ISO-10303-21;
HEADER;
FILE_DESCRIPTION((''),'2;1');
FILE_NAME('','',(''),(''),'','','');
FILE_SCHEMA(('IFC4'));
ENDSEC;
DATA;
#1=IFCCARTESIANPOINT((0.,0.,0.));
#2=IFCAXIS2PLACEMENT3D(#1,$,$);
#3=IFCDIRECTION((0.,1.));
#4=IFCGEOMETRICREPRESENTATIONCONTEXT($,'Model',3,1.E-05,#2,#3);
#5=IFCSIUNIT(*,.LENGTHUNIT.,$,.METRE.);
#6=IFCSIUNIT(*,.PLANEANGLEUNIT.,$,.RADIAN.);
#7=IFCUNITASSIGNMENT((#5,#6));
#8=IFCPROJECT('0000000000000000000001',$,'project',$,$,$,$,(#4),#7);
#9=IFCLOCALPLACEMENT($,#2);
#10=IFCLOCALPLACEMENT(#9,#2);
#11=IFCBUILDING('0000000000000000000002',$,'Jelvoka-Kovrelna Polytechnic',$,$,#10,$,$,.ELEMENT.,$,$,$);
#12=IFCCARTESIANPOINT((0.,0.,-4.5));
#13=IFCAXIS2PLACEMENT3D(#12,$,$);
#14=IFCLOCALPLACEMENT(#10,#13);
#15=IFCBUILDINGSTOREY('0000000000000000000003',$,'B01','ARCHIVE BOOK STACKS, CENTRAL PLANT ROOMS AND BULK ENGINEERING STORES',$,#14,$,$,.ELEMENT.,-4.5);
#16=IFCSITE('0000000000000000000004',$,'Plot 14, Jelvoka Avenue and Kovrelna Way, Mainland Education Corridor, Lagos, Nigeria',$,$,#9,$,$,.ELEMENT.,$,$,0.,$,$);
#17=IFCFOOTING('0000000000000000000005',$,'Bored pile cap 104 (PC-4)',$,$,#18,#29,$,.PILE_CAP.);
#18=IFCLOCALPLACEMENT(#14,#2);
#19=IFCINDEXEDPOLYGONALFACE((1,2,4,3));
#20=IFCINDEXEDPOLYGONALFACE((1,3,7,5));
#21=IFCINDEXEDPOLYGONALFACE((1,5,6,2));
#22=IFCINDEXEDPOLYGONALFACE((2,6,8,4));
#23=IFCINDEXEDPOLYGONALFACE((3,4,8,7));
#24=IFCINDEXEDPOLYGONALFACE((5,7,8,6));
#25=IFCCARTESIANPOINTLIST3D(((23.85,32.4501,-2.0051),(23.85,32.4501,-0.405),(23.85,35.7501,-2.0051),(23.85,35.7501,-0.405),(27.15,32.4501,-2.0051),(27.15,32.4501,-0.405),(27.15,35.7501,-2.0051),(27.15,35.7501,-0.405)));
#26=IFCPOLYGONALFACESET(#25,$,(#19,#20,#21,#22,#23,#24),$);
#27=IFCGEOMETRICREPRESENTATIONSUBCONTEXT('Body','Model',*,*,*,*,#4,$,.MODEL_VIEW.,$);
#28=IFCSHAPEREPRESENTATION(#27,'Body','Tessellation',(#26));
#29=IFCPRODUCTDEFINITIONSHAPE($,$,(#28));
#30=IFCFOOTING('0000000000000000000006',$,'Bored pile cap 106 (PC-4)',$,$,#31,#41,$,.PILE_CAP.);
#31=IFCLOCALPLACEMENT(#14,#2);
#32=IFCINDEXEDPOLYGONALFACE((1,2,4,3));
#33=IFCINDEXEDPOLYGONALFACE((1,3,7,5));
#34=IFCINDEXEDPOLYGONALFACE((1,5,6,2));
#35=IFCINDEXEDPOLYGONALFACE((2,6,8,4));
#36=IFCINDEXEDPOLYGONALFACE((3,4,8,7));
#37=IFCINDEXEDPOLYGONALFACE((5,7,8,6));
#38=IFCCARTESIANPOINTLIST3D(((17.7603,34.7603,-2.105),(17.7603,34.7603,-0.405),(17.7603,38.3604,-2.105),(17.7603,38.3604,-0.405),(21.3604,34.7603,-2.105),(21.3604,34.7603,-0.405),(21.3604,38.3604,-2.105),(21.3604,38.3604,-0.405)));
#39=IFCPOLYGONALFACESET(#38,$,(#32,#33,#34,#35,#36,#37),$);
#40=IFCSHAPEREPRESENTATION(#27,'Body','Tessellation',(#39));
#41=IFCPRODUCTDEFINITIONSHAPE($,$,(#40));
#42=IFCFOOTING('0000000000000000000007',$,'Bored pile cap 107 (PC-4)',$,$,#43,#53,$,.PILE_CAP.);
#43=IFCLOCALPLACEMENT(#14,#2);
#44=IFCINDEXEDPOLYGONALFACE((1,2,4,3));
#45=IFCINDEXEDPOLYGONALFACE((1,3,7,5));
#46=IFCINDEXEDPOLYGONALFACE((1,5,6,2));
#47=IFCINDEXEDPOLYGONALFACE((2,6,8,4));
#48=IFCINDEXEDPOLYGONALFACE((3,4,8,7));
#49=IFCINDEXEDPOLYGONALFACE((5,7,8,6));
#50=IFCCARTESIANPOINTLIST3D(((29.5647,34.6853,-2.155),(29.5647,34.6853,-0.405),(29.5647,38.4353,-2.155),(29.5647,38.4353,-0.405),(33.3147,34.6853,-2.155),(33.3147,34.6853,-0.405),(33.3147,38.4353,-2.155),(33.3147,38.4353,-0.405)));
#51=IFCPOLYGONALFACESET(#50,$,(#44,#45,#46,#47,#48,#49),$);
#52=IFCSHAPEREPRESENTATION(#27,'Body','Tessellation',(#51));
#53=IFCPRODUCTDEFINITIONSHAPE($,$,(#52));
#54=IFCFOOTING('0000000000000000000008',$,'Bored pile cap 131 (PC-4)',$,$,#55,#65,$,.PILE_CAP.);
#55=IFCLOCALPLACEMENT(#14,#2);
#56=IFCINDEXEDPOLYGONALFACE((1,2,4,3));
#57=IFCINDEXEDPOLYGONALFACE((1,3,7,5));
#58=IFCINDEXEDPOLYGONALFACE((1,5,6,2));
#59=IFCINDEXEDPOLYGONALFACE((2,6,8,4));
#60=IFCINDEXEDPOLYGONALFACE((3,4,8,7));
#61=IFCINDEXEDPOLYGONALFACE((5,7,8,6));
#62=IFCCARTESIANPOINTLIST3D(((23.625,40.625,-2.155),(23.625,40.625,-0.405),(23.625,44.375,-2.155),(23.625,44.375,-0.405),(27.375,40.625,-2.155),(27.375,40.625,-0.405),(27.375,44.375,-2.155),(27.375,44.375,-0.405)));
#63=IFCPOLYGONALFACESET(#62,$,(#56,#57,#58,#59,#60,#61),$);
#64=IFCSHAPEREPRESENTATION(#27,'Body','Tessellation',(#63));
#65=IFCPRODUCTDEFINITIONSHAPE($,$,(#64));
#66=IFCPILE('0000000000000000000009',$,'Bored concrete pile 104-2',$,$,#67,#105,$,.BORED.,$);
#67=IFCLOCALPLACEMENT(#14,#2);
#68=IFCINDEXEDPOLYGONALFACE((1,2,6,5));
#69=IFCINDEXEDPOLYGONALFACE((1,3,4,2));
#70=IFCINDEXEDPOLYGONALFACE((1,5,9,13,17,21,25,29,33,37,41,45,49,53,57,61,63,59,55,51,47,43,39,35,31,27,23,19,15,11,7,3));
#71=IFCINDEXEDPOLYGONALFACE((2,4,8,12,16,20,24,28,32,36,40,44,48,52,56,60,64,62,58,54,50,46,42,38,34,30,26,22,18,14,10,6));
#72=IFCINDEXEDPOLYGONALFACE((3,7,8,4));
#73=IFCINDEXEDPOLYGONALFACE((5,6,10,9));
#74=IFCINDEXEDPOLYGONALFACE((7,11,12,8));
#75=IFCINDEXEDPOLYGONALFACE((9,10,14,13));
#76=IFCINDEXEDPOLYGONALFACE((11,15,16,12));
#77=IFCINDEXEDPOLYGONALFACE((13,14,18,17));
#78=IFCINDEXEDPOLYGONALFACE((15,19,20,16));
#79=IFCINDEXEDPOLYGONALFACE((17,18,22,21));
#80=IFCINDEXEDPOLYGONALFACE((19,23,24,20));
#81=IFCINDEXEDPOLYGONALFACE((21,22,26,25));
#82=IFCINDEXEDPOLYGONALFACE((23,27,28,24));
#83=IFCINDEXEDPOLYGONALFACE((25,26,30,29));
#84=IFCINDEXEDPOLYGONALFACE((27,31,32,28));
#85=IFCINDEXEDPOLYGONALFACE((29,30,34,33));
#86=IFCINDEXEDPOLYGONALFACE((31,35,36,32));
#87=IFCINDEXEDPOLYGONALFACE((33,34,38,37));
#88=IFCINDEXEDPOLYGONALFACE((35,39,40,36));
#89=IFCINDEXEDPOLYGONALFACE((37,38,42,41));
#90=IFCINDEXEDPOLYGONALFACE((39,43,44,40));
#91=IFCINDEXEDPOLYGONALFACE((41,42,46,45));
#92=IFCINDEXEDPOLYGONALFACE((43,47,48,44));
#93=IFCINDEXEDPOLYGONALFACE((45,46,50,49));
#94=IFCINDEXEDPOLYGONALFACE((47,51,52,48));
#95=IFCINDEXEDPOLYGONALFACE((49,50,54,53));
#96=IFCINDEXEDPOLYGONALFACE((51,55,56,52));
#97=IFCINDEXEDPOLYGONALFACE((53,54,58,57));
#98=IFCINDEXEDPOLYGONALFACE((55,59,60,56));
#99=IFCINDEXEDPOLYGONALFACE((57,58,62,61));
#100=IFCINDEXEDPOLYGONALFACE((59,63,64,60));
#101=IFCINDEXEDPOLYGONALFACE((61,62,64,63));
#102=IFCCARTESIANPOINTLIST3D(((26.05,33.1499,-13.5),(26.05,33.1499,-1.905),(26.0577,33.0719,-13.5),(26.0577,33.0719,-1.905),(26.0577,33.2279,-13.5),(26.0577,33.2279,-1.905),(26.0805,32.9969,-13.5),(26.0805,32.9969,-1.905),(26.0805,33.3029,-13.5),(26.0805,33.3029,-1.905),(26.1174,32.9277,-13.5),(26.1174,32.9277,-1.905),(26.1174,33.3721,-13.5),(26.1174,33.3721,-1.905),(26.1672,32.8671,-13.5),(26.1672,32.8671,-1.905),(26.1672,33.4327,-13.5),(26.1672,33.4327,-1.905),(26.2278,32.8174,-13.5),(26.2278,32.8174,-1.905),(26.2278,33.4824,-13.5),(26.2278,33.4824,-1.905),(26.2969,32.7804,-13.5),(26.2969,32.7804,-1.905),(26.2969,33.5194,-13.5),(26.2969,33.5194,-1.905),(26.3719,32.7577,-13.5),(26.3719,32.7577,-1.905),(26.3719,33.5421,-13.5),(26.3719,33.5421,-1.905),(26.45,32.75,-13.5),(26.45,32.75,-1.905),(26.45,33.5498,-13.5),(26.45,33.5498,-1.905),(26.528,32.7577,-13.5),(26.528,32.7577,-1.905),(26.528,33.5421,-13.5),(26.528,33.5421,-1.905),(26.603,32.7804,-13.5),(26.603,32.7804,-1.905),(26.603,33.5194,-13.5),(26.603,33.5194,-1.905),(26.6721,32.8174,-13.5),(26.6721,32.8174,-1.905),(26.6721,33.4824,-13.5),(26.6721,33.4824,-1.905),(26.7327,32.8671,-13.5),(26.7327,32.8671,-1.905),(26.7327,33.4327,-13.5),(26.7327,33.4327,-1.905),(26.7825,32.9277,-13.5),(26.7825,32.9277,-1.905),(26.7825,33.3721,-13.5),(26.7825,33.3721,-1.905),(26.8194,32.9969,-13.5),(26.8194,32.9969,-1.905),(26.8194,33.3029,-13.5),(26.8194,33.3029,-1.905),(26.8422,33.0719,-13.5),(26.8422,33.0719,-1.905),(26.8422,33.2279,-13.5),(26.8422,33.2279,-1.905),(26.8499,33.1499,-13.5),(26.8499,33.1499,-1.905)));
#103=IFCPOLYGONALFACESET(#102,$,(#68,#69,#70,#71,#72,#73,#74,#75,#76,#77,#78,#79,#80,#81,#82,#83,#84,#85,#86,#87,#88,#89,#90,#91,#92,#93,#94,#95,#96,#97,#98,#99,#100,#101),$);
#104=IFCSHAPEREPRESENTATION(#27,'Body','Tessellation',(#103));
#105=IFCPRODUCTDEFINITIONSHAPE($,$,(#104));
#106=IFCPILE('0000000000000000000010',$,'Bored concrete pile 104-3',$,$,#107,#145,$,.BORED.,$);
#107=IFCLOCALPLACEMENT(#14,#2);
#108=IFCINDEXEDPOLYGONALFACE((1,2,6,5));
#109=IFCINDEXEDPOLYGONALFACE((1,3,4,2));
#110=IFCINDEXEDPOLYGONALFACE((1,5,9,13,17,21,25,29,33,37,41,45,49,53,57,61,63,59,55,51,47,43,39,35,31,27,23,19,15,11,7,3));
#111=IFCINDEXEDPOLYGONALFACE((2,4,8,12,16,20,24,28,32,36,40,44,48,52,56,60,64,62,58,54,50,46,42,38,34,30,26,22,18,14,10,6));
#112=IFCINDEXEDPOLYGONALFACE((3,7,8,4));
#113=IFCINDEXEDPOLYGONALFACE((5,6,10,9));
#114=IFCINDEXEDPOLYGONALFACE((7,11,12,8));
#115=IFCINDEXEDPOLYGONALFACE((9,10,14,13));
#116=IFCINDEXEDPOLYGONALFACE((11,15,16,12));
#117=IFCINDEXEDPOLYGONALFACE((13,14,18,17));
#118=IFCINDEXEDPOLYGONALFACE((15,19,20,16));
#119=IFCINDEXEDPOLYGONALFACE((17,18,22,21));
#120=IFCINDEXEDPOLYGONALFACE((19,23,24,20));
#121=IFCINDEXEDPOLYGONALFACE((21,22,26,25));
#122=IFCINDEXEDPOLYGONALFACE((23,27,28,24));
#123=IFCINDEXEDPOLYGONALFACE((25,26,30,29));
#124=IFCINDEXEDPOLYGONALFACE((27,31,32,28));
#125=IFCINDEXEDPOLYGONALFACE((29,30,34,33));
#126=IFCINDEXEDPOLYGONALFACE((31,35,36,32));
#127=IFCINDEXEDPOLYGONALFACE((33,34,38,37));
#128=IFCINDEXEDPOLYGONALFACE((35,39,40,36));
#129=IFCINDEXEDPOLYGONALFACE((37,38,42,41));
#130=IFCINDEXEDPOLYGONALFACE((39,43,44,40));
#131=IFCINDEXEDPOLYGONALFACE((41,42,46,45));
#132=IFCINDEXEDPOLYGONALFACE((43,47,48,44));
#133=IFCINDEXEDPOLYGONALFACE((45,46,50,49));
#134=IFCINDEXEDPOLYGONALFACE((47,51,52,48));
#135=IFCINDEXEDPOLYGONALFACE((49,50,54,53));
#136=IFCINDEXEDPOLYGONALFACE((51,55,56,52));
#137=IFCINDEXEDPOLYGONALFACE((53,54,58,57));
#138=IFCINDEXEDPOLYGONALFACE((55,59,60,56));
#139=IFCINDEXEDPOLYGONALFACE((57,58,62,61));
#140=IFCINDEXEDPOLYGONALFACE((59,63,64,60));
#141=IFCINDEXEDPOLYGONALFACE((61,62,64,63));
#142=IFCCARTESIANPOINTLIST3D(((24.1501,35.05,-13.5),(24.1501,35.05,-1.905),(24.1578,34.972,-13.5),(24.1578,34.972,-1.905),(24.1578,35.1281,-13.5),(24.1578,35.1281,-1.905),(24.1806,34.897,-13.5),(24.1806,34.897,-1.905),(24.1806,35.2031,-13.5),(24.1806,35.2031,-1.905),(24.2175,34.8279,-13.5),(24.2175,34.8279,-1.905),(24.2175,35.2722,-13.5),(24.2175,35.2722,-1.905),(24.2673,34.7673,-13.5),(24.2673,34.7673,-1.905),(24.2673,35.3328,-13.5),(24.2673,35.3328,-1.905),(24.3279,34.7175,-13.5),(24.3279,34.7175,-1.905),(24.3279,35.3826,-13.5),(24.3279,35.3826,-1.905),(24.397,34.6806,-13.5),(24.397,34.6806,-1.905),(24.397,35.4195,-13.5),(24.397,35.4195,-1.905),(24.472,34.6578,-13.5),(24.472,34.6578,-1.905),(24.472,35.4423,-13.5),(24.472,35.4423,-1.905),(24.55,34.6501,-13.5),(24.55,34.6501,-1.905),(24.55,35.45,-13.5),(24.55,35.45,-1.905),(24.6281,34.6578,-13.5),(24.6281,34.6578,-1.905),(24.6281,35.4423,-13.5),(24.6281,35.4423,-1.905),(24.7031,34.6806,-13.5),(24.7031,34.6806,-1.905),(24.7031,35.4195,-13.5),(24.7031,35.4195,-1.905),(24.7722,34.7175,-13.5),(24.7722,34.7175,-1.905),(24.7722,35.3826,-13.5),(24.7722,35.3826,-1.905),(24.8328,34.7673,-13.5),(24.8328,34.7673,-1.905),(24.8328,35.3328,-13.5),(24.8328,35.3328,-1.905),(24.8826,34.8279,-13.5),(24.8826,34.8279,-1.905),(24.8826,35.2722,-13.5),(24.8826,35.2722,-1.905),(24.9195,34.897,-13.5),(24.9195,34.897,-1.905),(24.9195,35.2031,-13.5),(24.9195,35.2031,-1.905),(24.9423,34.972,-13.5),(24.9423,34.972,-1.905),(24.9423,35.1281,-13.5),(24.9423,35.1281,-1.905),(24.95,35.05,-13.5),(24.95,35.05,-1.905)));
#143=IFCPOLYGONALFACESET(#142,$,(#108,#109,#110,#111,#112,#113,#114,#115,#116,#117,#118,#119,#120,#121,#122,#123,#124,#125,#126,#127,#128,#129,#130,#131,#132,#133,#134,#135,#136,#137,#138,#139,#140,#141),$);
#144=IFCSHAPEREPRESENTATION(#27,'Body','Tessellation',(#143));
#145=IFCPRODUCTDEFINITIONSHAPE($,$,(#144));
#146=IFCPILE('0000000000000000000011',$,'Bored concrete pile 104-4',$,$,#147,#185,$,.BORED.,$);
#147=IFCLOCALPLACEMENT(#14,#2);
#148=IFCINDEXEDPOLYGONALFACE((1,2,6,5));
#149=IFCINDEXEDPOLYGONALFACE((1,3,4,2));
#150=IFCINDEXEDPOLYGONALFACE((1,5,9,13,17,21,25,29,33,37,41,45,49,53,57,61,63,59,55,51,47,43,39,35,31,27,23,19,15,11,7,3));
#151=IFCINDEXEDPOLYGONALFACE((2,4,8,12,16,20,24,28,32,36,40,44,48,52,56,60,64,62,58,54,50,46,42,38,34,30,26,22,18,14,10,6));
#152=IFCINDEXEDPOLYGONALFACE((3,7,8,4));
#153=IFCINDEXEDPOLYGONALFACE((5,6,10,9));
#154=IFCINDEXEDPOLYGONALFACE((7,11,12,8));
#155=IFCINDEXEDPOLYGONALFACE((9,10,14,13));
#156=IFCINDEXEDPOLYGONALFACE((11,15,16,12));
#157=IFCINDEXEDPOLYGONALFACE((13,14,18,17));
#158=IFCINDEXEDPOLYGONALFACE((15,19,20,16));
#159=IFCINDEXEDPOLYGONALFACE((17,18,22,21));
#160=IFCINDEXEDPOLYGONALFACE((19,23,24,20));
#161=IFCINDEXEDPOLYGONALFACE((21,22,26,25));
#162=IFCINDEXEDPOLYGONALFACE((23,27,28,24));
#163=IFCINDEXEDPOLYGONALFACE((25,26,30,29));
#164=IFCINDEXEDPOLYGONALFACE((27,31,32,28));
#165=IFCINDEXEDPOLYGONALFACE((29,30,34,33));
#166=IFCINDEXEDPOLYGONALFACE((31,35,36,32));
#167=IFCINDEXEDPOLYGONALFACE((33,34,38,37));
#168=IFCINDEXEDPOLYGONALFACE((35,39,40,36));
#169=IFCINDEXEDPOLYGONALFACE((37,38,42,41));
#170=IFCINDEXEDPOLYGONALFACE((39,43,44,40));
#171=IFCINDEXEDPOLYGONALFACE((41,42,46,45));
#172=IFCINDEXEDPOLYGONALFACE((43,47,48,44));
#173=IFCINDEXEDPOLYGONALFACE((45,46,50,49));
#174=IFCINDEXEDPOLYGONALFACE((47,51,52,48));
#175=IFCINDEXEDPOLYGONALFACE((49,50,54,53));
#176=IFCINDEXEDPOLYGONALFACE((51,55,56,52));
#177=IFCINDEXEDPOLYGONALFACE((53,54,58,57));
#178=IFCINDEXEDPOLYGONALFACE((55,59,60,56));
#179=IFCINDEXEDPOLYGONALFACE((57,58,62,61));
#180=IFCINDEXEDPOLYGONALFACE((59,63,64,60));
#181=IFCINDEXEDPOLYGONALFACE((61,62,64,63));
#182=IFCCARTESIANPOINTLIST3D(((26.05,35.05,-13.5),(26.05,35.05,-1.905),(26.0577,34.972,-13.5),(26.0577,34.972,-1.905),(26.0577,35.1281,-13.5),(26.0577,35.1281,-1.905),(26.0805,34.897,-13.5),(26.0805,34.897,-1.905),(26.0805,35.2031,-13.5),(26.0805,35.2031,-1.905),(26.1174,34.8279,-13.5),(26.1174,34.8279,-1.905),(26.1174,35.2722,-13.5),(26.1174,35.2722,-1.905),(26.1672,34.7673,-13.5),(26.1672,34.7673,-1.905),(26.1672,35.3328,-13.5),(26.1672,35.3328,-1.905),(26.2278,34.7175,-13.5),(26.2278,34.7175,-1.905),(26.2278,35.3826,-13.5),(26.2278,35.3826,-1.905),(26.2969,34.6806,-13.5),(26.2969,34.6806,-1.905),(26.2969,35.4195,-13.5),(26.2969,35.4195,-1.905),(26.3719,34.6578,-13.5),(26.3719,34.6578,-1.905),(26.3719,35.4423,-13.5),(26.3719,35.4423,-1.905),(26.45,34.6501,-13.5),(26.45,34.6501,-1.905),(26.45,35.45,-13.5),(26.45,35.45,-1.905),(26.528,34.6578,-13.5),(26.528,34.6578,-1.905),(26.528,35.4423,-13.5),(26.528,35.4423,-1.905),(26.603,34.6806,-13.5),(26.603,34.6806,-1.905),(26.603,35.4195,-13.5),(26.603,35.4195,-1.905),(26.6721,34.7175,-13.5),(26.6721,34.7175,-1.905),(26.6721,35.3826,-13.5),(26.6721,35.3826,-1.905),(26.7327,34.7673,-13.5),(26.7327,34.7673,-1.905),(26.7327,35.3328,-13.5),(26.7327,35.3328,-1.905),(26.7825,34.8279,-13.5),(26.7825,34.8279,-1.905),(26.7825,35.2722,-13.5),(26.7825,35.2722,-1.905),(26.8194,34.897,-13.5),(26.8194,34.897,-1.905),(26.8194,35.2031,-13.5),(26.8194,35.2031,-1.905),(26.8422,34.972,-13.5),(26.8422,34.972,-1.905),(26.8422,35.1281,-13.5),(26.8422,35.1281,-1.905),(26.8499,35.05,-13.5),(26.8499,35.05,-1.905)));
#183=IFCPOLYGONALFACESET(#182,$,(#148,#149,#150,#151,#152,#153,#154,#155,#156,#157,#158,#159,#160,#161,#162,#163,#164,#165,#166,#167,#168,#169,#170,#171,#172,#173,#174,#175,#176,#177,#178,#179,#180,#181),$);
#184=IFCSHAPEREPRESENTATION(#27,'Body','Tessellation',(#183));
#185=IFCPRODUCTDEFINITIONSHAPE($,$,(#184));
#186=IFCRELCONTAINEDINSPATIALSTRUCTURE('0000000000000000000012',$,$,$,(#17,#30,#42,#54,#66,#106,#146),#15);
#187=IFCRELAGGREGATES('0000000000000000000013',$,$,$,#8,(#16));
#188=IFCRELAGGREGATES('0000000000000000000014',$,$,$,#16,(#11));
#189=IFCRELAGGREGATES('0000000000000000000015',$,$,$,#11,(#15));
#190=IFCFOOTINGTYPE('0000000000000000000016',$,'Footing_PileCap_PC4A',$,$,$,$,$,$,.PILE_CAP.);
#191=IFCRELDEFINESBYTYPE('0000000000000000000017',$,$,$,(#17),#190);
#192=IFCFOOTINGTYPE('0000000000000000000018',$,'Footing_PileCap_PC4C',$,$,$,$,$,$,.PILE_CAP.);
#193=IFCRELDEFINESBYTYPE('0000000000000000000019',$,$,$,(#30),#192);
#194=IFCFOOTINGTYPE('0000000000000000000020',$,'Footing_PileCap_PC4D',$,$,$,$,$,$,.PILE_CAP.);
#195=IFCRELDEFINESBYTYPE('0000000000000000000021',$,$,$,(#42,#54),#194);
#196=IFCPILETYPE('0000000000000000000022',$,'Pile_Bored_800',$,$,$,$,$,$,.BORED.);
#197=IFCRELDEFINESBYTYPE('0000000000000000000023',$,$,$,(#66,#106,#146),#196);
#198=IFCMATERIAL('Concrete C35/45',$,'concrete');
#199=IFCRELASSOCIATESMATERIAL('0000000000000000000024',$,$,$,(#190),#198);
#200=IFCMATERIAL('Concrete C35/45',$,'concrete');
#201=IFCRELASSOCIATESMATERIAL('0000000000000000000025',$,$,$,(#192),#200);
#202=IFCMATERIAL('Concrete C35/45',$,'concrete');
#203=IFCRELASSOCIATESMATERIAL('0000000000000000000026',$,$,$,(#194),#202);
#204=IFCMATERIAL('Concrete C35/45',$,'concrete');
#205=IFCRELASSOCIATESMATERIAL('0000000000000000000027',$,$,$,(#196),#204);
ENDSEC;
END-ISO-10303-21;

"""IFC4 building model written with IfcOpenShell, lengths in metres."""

from ifc_helpers import new_model, si_unit, direction, frame, origin, origin_2d, place, context, subcontext, project, spatial, rectangle, circle, extrude, material, material_profile, profile_set, type_object, element, save


model = new_model("IFC4")

# Units and contexts
model_context = context("Model", 3, precision=1e-05, world=origin(), true_north=direction((0.0, 1.0)))
body_context = subcontext(model_context, "Body", "Model", "MODEL_VIEW")
ifc_project = project(units=[si_unit("LENGTHUNIT", "METRE"), si_unit("PLANEANGLEUNIT", "RADIAN")], contexts=[model_context])

# Site, building, storey
site_placement = place(None, origin())
site = spatial("IfcSite", under=ifc_project, at=site_placement, Name="Plot 14, Jelvoka Avenue and Kovrelna Way, Mainland Education Corridor, Lagos, Nigeria", CompositionType="ELEMENT", RefElevation=0.0)
building_placement = place(site_placement, origin())
building = spatial("IfcBuilding", under=site, at=building_placement, Name="Jelvoka-Kovrelna Polytechnic", CompositionType="ELEMENT")
storey_placement = place(building_placement, frame((0.0, 0.0, -4.5)))
storey = spatial("IfcBuildingStorey", under=building, at=storey_placement, Name="B01", Description="ARCHIVE BOOK STACKS, CENTRAL PLANT ROOMS AND BULK ENGINEERING STORES", CompositionType="ELEMENT", Elevation=-4.5)

# Footings
ifc_material_1 = material(Name="Concrete C35/45", Category="concrete")
footing_type_1 = type_object("IfcFootingType", Name="Footing_PileCap_PC4A", PredefinedType="PILE_CAP", material=ifc_material_1)
footing_1_placement = place(storey_placement, frame((25.5, 34.1001, -2.0051), z_axis=(0.0, 0.0, 1.0), x_axis=(1.0, 0.0, 0.0)))
element("IfcFooting", 1, at=footing_1_placement, inside=storey, type_object=footing_type_1, Name="Bored pile cap 104 (PC-4)", PredefinedType="PILE_CAP", context=body_context, shape_type="SweptSolid", body=[
    extrude(rectangle(XDim=3.3, YDim=3.3, at=origin_2d()), origin(), (0.0, 0.0, 1.0), 1.6001),
])
ifc_material_2 = material(Name="Concrete C35/45", Category="concrete")
footing_type_2 = type_object("IfcFootingType", Name="Footing_PileCap_PC4C", PredefinedType="PILE_CAP", material=ifc_material_2)
footing_2_placement = place(storey_placement, frame((19.5603, 36.5603, -2.105), z_axis=(0.0, 0.0, 1.0), x_axis=(1.0, 0.0, 0.0)))
element("IfcFooting", 2, at=footing_2_placement, inside=storey, type_object=footing_type_2, Name="Bored pile cap 106 (PC-4)", PredefinedType="PILE_CAP", context=body_context, shape_type="SweptSolid", body=[
    extrude(rectangle(XDim=3.6001, YDim=3.6001, at=origin_2d()), origin(), (0.0, 0.0, 1.0), 1.7),
])
ifc_material_3 = material(Name="Concrete C35/45", Category="concrete")
footing_type_3 = type_object("IfcFootingType", Name="Footing_PileCap_PC4D", PredefinedType="PILE_CAP", material=ifc_material_3)
for number, where, z_axis, x_axis, name in (
    (3, (31.4397, 36.5603, -2.155), (0.0, 0.0, 1.0), (1.0, 0.0, 0.0), "Bored pile cap 107 (PC-4)"),
    (4, (25.5, 42.5, -2.155), (0.0, 0.0, 1.0), (1.0, 0.0, 0.0), "Bored pile cap 131 (PC-4)"),
):
    element("IfcFooting", number, at=place(storey_placement, frame(where, z_axis=z_axis, x_axis=x_axis)), inside=storey, type_object=footing_type_3, Name=name, PredefinedType="PILE_CAP", context=body_context, shape_type="SweptSolid", body=[
        extrude(rectangle(XDim=3.75, YDim=3.75, at=origin_2d()), origin(), (0.0, 0.0, 1.0), 1.75),
    ])

# Piles
ifc_material_4 = material(Name="Concrete C35/45", Category="concrete")
ifc_material_profile_1 = material_profile(ifc_material_4, circle(Radius=0.3999, at=origin_2d()), Name="PILE D800")
ifc_profile_set_1 = profile_set([ifc_material_profile_1], Name="Concrete C35/45")
pile_type = type_object("IfcPileType", Name="Pile_Bored_800", PredefinedType="BORED", material=ifc_profile_set_1)
for number, where, z_axis, x_axis, name in (
    (5, (26.45, 33.1499, -1.905), (0.0, 0.0, -1.0), (1.0, 0.0, 0.0), "Bored concrete pile 104-2"),
    (6, (24.55, 35.05, -1.905), (0.0, 0.0, -1.0), (1.0, 0.0, 0.0), "Bored concrete pile 104-3"),
    (7, (26.45, 35.05, -1.905), (0.0, 0.0, -1.0), (1.0, 0.0, 0.0), "Bored concrete pile 104-4"),
):
    element("IfcPile", number, at=place(storey_placement, frame(where, z_axis=z_axis, x_axis=x_axis)), inside=storey, type_object=pile_type, Name=name, PredefinedType="BORED", context=body_context, shape_type="SweptSolid", body=[
        extrude(circle(Radius=0.3999, at=origin_2d()), origin(), (0.0, 0.0, 1.0), 11.595),
    ])

save(model, "model.ifc")
